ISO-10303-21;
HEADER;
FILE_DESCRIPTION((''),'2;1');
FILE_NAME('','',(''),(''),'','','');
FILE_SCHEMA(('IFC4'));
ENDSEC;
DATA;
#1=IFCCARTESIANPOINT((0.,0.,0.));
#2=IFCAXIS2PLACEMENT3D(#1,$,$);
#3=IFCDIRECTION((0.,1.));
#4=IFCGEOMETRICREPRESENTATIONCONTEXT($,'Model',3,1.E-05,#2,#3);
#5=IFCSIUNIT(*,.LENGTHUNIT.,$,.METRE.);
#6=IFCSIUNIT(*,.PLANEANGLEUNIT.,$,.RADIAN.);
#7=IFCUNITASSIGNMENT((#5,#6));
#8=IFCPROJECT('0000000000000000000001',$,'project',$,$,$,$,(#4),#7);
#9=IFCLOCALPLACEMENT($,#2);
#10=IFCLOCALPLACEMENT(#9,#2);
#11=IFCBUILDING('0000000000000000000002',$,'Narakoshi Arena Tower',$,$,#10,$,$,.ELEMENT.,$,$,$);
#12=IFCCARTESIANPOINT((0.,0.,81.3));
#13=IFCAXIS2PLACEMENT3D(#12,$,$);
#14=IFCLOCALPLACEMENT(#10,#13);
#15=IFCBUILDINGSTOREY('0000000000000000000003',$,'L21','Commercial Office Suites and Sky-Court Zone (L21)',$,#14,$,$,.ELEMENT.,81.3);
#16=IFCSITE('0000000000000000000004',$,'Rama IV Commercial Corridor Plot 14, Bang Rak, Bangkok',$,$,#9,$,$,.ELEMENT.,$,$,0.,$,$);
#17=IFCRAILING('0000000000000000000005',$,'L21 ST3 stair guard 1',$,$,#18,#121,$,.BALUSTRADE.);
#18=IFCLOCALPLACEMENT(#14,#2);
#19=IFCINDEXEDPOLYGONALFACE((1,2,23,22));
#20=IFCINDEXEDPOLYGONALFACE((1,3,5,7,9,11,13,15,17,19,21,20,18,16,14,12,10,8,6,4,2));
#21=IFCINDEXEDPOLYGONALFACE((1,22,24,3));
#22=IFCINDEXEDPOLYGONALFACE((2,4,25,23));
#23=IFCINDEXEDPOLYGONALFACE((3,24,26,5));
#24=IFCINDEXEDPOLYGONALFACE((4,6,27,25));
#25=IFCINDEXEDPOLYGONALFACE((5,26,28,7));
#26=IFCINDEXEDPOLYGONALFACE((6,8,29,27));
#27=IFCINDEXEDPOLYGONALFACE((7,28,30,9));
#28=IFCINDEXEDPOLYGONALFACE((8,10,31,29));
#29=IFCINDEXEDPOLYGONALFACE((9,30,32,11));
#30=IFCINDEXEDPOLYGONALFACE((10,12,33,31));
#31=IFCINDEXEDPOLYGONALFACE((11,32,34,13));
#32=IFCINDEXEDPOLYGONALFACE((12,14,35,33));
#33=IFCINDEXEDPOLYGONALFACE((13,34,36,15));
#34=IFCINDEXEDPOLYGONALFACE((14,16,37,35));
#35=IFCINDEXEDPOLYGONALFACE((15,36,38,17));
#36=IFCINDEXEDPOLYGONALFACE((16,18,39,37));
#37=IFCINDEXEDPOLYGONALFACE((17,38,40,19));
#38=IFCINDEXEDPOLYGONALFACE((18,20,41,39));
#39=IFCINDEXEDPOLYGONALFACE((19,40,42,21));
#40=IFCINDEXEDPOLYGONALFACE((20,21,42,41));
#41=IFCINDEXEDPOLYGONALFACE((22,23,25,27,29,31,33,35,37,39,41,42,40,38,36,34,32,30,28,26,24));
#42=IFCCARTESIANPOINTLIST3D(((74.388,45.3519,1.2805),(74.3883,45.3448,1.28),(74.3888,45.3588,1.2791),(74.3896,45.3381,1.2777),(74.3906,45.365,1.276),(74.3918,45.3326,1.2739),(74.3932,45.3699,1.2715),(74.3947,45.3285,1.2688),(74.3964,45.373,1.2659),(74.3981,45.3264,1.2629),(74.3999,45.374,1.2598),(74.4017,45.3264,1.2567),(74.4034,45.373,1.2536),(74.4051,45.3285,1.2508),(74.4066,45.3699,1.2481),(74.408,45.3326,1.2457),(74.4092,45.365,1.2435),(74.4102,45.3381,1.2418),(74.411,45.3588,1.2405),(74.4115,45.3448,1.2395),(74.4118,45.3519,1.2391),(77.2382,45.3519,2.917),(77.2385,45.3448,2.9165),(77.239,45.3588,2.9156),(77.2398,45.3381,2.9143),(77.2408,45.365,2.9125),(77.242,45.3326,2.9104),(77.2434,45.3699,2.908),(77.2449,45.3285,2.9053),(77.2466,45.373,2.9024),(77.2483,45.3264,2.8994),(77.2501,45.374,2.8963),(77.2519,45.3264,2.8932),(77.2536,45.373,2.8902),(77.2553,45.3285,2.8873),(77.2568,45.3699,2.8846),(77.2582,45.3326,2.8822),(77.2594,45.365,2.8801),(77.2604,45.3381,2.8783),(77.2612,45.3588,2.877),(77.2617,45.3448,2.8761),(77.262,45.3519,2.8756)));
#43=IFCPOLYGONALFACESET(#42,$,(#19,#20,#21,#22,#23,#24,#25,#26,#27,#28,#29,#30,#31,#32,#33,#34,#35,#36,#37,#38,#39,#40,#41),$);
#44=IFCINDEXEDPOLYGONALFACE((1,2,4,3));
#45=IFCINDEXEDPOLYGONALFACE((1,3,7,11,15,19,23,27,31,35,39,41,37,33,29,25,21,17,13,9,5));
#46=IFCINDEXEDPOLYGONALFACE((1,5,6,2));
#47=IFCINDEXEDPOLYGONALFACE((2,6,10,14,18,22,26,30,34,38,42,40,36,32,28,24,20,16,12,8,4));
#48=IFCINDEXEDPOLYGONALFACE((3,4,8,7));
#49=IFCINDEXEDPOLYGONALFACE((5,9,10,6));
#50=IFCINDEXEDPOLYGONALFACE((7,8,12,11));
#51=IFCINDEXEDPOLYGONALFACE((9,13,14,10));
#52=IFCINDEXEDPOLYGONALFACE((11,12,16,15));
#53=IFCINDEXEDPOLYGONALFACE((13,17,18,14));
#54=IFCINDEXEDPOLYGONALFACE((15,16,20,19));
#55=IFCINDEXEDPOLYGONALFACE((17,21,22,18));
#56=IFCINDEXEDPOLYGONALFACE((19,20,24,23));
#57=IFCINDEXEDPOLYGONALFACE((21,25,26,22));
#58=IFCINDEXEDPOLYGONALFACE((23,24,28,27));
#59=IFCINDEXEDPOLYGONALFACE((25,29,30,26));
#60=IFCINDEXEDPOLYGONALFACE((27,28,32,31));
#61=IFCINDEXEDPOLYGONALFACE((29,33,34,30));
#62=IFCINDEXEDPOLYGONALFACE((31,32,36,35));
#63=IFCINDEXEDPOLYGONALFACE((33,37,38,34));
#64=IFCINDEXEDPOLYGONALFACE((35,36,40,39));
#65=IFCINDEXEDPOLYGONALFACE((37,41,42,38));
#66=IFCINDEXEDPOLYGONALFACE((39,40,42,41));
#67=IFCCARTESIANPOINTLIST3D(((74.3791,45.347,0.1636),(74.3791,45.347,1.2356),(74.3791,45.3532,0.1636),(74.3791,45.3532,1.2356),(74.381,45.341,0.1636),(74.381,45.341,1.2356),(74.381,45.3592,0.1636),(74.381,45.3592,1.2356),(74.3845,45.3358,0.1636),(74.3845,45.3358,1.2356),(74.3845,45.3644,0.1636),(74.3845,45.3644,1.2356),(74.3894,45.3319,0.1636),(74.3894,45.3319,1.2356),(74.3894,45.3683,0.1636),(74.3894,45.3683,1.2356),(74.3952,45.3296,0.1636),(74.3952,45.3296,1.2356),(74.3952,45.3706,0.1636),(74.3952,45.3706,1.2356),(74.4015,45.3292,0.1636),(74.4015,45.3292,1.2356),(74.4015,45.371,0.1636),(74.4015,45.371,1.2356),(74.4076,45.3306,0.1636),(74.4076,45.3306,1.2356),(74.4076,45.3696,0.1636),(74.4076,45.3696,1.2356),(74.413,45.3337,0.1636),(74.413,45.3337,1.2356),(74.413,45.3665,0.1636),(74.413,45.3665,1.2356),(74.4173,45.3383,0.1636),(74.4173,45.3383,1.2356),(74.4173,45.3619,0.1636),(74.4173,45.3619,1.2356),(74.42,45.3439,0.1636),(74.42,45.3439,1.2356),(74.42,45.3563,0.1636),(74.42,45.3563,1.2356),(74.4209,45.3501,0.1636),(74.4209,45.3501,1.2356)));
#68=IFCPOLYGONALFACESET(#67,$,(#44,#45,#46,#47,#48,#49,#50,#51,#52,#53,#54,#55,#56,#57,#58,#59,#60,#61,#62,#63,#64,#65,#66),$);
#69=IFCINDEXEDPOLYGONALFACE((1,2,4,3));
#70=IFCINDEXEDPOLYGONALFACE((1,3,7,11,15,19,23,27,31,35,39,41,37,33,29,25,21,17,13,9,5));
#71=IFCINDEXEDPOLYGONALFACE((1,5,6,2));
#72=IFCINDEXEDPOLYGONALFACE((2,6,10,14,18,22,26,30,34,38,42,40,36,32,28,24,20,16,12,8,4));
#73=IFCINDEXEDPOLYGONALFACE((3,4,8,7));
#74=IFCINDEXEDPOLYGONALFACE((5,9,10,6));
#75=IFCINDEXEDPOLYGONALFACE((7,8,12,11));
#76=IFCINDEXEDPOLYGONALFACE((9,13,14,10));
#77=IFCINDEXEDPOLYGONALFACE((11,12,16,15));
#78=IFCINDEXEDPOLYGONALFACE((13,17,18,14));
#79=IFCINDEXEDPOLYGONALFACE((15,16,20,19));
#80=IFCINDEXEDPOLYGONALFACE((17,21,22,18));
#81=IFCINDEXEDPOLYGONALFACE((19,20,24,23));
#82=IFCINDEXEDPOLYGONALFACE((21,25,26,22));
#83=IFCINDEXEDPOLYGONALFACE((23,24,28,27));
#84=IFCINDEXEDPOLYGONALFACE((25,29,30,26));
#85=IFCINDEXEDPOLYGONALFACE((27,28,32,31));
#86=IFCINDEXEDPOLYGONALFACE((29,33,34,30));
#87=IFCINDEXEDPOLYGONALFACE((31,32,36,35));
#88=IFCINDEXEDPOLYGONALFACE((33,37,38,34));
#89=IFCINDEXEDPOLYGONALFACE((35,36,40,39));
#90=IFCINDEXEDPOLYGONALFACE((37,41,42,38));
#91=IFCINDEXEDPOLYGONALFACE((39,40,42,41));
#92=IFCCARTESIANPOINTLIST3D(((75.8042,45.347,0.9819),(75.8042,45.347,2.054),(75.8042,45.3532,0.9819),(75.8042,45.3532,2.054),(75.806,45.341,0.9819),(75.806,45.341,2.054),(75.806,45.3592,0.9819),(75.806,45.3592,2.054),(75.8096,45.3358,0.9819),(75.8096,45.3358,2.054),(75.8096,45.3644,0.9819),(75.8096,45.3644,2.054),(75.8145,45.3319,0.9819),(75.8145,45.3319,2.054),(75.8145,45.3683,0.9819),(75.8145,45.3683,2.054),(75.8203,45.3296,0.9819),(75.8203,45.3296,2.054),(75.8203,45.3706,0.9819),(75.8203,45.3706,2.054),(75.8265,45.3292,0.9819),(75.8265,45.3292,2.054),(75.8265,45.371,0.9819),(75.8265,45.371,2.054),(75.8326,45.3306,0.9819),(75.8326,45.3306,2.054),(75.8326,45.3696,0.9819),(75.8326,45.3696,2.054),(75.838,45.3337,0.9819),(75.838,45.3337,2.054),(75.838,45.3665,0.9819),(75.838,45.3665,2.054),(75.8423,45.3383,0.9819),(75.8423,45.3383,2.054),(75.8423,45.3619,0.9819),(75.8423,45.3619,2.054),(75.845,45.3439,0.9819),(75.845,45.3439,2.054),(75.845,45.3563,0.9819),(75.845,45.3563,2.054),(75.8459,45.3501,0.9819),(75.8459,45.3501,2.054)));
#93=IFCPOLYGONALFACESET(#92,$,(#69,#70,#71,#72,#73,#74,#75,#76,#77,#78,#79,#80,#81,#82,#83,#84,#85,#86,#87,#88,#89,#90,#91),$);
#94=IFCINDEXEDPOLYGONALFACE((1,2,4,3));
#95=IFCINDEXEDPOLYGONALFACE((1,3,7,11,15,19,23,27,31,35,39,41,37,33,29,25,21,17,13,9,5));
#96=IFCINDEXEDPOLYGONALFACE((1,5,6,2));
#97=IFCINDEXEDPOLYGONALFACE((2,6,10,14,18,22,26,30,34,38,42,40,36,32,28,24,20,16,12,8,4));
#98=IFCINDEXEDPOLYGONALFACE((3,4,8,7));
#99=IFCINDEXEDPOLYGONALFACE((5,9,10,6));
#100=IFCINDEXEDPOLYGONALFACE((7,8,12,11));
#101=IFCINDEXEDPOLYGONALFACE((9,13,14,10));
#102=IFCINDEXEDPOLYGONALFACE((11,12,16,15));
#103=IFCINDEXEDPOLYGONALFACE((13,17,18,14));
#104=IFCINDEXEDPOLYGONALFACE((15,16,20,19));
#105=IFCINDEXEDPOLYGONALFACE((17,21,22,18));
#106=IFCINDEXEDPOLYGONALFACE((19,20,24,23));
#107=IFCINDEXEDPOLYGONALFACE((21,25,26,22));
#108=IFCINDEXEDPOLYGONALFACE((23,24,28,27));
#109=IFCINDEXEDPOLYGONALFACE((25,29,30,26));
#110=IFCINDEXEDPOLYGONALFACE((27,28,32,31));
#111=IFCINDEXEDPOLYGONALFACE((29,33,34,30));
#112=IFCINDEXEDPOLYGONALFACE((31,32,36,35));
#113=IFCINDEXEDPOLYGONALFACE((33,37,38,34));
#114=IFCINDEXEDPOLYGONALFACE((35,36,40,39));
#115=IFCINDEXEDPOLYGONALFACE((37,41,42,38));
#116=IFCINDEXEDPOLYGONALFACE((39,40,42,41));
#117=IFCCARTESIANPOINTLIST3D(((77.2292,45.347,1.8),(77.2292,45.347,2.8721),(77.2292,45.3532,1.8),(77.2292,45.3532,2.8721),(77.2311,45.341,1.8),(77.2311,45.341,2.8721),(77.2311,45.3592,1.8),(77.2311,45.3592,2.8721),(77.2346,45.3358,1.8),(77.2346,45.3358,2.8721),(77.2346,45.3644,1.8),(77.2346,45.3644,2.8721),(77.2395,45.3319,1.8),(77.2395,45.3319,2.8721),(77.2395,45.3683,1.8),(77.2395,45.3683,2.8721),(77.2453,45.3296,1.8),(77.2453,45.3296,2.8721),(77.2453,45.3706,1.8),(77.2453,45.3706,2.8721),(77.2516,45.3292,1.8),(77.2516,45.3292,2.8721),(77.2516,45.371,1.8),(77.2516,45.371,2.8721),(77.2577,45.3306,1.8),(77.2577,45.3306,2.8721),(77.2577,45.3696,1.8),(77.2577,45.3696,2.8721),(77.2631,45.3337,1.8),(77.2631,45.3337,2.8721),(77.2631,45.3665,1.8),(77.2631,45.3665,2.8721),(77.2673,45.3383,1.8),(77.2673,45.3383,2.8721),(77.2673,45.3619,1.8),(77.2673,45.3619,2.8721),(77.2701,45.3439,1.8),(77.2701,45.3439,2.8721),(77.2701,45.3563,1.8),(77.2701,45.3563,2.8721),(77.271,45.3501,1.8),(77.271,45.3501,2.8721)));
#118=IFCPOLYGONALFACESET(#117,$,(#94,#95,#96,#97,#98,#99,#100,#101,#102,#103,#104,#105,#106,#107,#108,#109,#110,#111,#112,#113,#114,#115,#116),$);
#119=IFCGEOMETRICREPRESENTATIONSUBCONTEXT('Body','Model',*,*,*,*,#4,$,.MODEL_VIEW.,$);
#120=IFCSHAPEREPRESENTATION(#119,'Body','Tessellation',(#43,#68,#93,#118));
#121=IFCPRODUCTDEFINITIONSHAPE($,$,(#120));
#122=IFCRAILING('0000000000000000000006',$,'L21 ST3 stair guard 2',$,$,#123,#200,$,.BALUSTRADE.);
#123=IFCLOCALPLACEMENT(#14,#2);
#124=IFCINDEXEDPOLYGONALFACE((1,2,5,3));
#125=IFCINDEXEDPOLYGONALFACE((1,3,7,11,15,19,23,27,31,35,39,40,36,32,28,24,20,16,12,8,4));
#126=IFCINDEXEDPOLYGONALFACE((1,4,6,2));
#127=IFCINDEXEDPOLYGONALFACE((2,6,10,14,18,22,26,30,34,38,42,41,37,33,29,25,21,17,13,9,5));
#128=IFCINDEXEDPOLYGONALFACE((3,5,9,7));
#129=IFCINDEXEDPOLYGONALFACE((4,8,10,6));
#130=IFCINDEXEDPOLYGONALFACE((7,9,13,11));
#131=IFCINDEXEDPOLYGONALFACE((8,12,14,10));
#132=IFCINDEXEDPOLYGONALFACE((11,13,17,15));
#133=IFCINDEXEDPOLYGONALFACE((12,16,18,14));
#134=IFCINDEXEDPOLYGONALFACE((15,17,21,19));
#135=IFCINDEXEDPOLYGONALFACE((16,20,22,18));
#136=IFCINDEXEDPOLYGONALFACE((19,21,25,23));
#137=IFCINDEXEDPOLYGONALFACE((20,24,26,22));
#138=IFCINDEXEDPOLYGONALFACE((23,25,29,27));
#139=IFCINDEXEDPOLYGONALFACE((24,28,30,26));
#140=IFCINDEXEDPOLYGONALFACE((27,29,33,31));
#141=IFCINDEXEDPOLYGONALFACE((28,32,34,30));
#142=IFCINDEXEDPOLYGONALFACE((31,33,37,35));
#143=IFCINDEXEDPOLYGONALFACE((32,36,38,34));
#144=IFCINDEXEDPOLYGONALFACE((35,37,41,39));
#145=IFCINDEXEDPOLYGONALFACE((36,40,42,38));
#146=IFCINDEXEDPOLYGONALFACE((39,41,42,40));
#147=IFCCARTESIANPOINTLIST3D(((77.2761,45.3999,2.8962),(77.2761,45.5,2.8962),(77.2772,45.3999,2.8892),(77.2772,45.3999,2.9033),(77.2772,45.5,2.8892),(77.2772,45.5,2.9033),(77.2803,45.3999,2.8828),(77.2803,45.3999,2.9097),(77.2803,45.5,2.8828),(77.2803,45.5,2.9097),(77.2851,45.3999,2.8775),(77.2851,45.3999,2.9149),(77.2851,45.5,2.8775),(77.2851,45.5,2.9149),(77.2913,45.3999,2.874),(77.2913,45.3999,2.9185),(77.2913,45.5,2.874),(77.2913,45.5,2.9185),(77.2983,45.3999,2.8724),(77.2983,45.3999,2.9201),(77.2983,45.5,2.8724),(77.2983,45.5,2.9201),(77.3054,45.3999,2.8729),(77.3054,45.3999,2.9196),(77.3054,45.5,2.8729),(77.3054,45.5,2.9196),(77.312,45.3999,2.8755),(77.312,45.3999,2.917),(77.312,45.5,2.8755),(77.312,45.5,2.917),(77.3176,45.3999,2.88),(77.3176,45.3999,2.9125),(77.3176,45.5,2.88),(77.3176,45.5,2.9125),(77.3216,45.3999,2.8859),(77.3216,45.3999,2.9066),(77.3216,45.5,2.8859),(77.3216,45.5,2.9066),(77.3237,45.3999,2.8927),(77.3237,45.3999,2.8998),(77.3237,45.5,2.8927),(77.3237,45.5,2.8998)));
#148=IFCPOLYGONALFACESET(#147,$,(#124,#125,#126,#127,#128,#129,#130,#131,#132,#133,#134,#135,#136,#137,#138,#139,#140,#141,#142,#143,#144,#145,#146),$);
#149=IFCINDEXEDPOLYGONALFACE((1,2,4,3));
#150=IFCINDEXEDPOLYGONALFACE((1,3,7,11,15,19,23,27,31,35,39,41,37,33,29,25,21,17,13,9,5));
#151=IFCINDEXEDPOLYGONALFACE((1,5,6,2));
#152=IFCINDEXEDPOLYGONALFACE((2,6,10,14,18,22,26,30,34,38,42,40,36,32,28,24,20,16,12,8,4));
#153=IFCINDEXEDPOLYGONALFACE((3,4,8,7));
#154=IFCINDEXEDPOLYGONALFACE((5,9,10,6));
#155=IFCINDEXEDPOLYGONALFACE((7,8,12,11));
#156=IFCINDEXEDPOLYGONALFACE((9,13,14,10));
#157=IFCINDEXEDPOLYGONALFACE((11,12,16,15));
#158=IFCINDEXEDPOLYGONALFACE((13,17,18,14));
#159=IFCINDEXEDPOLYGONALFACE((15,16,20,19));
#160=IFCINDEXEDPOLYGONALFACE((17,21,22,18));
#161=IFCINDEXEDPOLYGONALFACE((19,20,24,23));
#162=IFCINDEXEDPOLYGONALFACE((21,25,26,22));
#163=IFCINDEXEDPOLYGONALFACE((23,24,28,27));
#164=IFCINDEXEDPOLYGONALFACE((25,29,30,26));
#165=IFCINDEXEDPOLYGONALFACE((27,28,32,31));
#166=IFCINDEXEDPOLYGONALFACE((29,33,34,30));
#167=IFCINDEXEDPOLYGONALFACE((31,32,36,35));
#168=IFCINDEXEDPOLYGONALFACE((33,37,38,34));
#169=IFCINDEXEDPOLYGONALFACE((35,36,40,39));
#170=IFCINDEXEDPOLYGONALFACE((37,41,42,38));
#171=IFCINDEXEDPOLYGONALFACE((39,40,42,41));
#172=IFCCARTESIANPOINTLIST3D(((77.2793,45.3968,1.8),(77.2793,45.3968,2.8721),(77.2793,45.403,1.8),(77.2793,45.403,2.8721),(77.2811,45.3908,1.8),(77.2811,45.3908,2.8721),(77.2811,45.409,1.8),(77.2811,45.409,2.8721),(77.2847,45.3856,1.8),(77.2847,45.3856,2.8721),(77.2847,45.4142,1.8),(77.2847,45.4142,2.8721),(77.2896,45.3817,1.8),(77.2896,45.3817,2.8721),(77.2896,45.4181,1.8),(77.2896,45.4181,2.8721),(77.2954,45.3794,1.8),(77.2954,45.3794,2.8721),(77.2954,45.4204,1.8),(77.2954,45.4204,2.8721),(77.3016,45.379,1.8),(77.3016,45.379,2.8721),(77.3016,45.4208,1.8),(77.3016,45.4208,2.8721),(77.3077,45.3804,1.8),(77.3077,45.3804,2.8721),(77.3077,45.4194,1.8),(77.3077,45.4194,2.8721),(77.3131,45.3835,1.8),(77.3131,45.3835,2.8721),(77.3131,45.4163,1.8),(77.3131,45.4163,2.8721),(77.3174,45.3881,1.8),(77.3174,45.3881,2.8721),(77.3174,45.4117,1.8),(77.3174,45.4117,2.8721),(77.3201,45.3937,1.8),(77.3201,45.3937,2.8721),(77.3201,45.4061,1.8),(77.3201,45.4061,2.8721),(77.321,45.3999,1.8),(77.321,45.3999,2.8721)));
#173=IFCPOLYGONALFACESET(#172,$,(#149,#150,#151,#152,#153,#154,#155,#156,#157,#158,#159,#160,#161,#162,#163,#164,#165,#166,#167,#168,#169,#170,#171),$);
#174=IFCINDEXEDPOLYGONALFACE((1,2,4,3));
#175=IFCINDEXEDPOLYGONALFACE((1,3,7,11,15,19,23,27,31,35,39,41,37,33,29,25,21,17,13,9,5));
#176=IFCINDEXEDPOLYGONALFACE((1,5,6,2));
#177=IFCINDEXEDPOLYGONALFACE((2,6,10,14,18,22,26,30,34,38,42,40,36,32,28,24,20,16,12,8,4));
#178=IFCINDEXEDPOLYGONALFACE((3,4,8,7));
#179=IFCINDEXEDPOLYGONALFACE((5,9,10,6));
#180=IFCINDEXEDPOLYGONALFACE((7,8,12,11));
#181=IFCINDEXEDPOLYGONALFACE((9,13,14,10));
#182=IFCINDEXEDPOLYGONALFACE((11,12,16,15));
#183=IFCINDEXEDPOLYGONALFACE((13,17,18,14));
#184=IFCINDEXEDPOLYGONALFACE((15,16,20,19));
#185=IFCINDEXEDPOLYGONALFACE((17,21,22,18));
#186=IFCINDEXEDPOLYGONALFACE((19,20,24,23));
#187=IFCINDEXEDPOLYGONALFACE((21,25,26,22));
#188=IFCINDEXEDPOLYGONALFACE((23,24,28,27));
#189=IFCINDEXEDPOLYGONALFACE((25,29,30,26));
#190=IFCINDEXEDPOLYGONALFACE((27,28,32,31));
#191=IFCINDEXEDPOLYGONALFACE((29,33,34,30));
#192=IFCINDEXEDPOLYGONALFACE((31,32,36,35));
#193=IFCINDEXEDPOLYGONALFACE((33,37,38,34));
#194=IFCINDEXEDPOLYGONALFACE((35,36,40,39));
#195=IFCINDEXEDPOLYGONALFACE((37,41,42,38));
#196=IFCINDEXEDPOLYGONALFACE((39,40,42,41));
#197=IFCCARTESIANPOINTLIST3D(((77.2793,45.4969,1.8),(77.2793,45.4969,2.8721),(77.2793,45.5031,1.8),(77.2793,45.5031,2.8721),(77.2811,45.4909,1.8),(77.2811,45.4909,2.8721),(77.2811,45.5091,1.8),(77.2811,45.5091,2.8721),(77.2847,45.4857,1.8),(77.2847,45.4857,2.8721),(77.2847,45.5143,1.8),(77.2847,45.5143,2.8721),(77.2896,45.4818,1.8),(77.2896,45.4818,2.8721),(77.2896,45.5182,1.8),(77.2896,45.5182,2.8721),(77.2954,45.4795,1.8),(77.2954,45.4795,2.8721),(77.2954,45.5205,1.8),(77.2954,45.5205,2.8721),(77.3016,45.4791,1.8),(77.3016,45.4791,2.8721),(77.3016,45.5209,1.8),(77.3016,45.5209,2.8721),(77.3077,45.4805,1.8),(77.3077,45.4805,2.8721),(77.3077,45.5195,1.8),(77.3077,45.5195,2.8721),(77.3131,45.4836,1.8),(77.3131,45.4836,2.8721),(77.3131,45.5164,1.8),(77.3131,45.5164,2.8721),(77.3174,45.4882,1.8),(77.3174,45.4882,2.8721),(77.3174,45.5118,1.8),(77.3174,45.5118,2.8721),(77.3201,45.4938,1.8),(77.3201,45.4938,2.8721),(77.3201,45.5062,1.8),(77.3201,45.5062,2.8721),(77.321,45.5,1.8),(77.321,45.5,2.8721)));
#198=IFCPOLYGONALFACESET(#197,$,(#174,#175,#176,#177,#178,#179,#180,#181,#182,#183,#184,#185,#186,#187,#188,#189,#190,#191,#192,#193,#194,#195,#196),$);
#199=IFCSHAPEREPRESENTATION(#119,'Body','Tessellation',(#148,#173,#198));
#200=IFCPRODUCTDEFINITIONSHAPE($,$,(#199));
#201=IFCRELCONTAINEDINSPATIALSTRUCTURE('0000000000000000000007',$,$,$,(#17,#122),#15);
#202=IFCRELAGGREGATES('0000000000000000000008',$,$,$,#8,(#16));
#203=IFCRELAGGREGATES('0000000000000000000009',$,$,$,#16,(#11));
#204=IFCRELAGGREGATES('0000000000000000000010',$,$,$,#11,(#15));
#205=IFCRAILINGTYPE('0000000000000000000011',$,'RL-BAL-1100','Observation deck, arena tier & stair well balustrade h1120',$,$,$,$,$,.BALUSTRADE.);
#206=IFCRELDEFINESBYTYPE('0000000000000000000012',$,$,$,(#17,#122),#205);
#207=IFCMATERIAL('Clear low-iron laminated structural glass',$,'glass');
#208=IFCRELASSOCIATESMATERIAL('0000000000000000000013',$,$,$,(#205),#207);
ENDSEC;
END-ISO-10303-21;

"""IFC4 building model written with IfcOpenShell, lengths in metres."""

from ifc_helpers import new_model, si_unit, direction, frame, origin, origin_2d, place, context, subcontext, project, spatial, circle, extrude, material, type_object, element, save


model = new_model("IFC4")

# Units and contexts
model_context = context("Model", 3, precision=1e-05, world=origin(), true_north=direction((0.0, 1.0)))
body_context = subcontext(model_context, "Body", "Model", "MODEL_VIEW")
ifc_project = project(units=[si_unit("LENGTHUNIT", "METRE"), si_unit("PLANEANGLEUNIT", "RADIAN")], contexts=[model_context])

# Site, building, storey
site_placement = place(None, origin())
site = spatial("IfcSite", under=ifc_project, at=site_placement, Name="Rama IV Commercial Corridor Plot 14, Bang Rak, Bangkok", CompositionType="ELEMENT", RefElevation=0.0)
building_placement = place(site_placement, origin())
building = spatial("IfcBuilding", under=site, at=building_placement, Name="Narakoshi Arena Tower", CompositionType="ELEMENT")
storey_placement = place(building_placement, frame((0.0, 0.0, 81.3)))
storey = spatial("IfcBuildingStorey", under=building, at=storey_placement, Name="L21", Description="Commercial Office Suites and Sky-Court Zone (L21)", CompositionType="ELEMENT", Elevation=81.3)

# Railings
ifc_material_1 = material(Name="Clear low-iron laminated structural glass", Category="glass")
railing_type_1 = type_object("IfcRailingType", Name="RL-BAL-1100", Description="Observation deck, arena tier & stair well balustrade h1120", PredefinedType="BALUSTRADE", material=ifc_material_1)
railing_1_placement = place(storey_placement, frame((74.3999, 45.3501, 0.1636)))
element("IfcRailing", 1, at=railing_1_placement, inside=storey, type_object=railing_type_1, Name="L21 ST3 stair guard 1", PredefinedType="BALUSTRADE", context=body_context, shape_type="SweptSolid", body=[
    extrude(circle(Radius=0.0239, at=origin_2d()), frame((0.0, 0.0, 1.0962), z_axis=(0.867213, 0.0, 0.497938), x_axis=(0.0, 1.0, 0.0)), (0.0, 0.0, 1.0), 3.2866),
    extrude(circle(Radius=0.021, at=origin_2d()), origin(), (0.0, 0.0, 1.0), 1.072),
    extrude(circle(Radius=0.021, at=origin_2d()), frame((1.425, 0.0, 0.8184)), (0.0, 0.0, 1.0), 1.072),
    extrude(circle(Radius=0.021, at=origin_2d()), frame((2.8501, 0.0, 1.6365)), (0.0, 0.0, 1.0), 1.072),
])
railing_2_placement = place(storey_placement, frame((77.3, 45.3999, 1.8)))
element("IfcRailing", 2, at=railing_2_placement, inside=storey, type_object=railing_type_1, Name="L21 ST3 stair guard 2", PredefinedType="BALUSTRADE", context=body_context, shape_type="SweptSolid", body=[
    extrude(circle(Radius=0.0239, at=origin_2d()), frame((0.0, 0.0, 1.0962), z_axis=(0.0, 1.0, 0.0), x_axis=(-1.0, 0.0, 0.0)), (0.0, 0.0, 1.0), 0.1001),
    extrude(circle(Radius=0.021, at=origin_2d()), origin(), (0.0, 0.0, 1.0), 1.072),
    extrude(circle(Radius=0.021, at=origin_2d()), frame((0.0, 0.1001, 0.0)), (0.0, 0.0, 1.0), 1.072),
])

save(model, "model.ifc")
